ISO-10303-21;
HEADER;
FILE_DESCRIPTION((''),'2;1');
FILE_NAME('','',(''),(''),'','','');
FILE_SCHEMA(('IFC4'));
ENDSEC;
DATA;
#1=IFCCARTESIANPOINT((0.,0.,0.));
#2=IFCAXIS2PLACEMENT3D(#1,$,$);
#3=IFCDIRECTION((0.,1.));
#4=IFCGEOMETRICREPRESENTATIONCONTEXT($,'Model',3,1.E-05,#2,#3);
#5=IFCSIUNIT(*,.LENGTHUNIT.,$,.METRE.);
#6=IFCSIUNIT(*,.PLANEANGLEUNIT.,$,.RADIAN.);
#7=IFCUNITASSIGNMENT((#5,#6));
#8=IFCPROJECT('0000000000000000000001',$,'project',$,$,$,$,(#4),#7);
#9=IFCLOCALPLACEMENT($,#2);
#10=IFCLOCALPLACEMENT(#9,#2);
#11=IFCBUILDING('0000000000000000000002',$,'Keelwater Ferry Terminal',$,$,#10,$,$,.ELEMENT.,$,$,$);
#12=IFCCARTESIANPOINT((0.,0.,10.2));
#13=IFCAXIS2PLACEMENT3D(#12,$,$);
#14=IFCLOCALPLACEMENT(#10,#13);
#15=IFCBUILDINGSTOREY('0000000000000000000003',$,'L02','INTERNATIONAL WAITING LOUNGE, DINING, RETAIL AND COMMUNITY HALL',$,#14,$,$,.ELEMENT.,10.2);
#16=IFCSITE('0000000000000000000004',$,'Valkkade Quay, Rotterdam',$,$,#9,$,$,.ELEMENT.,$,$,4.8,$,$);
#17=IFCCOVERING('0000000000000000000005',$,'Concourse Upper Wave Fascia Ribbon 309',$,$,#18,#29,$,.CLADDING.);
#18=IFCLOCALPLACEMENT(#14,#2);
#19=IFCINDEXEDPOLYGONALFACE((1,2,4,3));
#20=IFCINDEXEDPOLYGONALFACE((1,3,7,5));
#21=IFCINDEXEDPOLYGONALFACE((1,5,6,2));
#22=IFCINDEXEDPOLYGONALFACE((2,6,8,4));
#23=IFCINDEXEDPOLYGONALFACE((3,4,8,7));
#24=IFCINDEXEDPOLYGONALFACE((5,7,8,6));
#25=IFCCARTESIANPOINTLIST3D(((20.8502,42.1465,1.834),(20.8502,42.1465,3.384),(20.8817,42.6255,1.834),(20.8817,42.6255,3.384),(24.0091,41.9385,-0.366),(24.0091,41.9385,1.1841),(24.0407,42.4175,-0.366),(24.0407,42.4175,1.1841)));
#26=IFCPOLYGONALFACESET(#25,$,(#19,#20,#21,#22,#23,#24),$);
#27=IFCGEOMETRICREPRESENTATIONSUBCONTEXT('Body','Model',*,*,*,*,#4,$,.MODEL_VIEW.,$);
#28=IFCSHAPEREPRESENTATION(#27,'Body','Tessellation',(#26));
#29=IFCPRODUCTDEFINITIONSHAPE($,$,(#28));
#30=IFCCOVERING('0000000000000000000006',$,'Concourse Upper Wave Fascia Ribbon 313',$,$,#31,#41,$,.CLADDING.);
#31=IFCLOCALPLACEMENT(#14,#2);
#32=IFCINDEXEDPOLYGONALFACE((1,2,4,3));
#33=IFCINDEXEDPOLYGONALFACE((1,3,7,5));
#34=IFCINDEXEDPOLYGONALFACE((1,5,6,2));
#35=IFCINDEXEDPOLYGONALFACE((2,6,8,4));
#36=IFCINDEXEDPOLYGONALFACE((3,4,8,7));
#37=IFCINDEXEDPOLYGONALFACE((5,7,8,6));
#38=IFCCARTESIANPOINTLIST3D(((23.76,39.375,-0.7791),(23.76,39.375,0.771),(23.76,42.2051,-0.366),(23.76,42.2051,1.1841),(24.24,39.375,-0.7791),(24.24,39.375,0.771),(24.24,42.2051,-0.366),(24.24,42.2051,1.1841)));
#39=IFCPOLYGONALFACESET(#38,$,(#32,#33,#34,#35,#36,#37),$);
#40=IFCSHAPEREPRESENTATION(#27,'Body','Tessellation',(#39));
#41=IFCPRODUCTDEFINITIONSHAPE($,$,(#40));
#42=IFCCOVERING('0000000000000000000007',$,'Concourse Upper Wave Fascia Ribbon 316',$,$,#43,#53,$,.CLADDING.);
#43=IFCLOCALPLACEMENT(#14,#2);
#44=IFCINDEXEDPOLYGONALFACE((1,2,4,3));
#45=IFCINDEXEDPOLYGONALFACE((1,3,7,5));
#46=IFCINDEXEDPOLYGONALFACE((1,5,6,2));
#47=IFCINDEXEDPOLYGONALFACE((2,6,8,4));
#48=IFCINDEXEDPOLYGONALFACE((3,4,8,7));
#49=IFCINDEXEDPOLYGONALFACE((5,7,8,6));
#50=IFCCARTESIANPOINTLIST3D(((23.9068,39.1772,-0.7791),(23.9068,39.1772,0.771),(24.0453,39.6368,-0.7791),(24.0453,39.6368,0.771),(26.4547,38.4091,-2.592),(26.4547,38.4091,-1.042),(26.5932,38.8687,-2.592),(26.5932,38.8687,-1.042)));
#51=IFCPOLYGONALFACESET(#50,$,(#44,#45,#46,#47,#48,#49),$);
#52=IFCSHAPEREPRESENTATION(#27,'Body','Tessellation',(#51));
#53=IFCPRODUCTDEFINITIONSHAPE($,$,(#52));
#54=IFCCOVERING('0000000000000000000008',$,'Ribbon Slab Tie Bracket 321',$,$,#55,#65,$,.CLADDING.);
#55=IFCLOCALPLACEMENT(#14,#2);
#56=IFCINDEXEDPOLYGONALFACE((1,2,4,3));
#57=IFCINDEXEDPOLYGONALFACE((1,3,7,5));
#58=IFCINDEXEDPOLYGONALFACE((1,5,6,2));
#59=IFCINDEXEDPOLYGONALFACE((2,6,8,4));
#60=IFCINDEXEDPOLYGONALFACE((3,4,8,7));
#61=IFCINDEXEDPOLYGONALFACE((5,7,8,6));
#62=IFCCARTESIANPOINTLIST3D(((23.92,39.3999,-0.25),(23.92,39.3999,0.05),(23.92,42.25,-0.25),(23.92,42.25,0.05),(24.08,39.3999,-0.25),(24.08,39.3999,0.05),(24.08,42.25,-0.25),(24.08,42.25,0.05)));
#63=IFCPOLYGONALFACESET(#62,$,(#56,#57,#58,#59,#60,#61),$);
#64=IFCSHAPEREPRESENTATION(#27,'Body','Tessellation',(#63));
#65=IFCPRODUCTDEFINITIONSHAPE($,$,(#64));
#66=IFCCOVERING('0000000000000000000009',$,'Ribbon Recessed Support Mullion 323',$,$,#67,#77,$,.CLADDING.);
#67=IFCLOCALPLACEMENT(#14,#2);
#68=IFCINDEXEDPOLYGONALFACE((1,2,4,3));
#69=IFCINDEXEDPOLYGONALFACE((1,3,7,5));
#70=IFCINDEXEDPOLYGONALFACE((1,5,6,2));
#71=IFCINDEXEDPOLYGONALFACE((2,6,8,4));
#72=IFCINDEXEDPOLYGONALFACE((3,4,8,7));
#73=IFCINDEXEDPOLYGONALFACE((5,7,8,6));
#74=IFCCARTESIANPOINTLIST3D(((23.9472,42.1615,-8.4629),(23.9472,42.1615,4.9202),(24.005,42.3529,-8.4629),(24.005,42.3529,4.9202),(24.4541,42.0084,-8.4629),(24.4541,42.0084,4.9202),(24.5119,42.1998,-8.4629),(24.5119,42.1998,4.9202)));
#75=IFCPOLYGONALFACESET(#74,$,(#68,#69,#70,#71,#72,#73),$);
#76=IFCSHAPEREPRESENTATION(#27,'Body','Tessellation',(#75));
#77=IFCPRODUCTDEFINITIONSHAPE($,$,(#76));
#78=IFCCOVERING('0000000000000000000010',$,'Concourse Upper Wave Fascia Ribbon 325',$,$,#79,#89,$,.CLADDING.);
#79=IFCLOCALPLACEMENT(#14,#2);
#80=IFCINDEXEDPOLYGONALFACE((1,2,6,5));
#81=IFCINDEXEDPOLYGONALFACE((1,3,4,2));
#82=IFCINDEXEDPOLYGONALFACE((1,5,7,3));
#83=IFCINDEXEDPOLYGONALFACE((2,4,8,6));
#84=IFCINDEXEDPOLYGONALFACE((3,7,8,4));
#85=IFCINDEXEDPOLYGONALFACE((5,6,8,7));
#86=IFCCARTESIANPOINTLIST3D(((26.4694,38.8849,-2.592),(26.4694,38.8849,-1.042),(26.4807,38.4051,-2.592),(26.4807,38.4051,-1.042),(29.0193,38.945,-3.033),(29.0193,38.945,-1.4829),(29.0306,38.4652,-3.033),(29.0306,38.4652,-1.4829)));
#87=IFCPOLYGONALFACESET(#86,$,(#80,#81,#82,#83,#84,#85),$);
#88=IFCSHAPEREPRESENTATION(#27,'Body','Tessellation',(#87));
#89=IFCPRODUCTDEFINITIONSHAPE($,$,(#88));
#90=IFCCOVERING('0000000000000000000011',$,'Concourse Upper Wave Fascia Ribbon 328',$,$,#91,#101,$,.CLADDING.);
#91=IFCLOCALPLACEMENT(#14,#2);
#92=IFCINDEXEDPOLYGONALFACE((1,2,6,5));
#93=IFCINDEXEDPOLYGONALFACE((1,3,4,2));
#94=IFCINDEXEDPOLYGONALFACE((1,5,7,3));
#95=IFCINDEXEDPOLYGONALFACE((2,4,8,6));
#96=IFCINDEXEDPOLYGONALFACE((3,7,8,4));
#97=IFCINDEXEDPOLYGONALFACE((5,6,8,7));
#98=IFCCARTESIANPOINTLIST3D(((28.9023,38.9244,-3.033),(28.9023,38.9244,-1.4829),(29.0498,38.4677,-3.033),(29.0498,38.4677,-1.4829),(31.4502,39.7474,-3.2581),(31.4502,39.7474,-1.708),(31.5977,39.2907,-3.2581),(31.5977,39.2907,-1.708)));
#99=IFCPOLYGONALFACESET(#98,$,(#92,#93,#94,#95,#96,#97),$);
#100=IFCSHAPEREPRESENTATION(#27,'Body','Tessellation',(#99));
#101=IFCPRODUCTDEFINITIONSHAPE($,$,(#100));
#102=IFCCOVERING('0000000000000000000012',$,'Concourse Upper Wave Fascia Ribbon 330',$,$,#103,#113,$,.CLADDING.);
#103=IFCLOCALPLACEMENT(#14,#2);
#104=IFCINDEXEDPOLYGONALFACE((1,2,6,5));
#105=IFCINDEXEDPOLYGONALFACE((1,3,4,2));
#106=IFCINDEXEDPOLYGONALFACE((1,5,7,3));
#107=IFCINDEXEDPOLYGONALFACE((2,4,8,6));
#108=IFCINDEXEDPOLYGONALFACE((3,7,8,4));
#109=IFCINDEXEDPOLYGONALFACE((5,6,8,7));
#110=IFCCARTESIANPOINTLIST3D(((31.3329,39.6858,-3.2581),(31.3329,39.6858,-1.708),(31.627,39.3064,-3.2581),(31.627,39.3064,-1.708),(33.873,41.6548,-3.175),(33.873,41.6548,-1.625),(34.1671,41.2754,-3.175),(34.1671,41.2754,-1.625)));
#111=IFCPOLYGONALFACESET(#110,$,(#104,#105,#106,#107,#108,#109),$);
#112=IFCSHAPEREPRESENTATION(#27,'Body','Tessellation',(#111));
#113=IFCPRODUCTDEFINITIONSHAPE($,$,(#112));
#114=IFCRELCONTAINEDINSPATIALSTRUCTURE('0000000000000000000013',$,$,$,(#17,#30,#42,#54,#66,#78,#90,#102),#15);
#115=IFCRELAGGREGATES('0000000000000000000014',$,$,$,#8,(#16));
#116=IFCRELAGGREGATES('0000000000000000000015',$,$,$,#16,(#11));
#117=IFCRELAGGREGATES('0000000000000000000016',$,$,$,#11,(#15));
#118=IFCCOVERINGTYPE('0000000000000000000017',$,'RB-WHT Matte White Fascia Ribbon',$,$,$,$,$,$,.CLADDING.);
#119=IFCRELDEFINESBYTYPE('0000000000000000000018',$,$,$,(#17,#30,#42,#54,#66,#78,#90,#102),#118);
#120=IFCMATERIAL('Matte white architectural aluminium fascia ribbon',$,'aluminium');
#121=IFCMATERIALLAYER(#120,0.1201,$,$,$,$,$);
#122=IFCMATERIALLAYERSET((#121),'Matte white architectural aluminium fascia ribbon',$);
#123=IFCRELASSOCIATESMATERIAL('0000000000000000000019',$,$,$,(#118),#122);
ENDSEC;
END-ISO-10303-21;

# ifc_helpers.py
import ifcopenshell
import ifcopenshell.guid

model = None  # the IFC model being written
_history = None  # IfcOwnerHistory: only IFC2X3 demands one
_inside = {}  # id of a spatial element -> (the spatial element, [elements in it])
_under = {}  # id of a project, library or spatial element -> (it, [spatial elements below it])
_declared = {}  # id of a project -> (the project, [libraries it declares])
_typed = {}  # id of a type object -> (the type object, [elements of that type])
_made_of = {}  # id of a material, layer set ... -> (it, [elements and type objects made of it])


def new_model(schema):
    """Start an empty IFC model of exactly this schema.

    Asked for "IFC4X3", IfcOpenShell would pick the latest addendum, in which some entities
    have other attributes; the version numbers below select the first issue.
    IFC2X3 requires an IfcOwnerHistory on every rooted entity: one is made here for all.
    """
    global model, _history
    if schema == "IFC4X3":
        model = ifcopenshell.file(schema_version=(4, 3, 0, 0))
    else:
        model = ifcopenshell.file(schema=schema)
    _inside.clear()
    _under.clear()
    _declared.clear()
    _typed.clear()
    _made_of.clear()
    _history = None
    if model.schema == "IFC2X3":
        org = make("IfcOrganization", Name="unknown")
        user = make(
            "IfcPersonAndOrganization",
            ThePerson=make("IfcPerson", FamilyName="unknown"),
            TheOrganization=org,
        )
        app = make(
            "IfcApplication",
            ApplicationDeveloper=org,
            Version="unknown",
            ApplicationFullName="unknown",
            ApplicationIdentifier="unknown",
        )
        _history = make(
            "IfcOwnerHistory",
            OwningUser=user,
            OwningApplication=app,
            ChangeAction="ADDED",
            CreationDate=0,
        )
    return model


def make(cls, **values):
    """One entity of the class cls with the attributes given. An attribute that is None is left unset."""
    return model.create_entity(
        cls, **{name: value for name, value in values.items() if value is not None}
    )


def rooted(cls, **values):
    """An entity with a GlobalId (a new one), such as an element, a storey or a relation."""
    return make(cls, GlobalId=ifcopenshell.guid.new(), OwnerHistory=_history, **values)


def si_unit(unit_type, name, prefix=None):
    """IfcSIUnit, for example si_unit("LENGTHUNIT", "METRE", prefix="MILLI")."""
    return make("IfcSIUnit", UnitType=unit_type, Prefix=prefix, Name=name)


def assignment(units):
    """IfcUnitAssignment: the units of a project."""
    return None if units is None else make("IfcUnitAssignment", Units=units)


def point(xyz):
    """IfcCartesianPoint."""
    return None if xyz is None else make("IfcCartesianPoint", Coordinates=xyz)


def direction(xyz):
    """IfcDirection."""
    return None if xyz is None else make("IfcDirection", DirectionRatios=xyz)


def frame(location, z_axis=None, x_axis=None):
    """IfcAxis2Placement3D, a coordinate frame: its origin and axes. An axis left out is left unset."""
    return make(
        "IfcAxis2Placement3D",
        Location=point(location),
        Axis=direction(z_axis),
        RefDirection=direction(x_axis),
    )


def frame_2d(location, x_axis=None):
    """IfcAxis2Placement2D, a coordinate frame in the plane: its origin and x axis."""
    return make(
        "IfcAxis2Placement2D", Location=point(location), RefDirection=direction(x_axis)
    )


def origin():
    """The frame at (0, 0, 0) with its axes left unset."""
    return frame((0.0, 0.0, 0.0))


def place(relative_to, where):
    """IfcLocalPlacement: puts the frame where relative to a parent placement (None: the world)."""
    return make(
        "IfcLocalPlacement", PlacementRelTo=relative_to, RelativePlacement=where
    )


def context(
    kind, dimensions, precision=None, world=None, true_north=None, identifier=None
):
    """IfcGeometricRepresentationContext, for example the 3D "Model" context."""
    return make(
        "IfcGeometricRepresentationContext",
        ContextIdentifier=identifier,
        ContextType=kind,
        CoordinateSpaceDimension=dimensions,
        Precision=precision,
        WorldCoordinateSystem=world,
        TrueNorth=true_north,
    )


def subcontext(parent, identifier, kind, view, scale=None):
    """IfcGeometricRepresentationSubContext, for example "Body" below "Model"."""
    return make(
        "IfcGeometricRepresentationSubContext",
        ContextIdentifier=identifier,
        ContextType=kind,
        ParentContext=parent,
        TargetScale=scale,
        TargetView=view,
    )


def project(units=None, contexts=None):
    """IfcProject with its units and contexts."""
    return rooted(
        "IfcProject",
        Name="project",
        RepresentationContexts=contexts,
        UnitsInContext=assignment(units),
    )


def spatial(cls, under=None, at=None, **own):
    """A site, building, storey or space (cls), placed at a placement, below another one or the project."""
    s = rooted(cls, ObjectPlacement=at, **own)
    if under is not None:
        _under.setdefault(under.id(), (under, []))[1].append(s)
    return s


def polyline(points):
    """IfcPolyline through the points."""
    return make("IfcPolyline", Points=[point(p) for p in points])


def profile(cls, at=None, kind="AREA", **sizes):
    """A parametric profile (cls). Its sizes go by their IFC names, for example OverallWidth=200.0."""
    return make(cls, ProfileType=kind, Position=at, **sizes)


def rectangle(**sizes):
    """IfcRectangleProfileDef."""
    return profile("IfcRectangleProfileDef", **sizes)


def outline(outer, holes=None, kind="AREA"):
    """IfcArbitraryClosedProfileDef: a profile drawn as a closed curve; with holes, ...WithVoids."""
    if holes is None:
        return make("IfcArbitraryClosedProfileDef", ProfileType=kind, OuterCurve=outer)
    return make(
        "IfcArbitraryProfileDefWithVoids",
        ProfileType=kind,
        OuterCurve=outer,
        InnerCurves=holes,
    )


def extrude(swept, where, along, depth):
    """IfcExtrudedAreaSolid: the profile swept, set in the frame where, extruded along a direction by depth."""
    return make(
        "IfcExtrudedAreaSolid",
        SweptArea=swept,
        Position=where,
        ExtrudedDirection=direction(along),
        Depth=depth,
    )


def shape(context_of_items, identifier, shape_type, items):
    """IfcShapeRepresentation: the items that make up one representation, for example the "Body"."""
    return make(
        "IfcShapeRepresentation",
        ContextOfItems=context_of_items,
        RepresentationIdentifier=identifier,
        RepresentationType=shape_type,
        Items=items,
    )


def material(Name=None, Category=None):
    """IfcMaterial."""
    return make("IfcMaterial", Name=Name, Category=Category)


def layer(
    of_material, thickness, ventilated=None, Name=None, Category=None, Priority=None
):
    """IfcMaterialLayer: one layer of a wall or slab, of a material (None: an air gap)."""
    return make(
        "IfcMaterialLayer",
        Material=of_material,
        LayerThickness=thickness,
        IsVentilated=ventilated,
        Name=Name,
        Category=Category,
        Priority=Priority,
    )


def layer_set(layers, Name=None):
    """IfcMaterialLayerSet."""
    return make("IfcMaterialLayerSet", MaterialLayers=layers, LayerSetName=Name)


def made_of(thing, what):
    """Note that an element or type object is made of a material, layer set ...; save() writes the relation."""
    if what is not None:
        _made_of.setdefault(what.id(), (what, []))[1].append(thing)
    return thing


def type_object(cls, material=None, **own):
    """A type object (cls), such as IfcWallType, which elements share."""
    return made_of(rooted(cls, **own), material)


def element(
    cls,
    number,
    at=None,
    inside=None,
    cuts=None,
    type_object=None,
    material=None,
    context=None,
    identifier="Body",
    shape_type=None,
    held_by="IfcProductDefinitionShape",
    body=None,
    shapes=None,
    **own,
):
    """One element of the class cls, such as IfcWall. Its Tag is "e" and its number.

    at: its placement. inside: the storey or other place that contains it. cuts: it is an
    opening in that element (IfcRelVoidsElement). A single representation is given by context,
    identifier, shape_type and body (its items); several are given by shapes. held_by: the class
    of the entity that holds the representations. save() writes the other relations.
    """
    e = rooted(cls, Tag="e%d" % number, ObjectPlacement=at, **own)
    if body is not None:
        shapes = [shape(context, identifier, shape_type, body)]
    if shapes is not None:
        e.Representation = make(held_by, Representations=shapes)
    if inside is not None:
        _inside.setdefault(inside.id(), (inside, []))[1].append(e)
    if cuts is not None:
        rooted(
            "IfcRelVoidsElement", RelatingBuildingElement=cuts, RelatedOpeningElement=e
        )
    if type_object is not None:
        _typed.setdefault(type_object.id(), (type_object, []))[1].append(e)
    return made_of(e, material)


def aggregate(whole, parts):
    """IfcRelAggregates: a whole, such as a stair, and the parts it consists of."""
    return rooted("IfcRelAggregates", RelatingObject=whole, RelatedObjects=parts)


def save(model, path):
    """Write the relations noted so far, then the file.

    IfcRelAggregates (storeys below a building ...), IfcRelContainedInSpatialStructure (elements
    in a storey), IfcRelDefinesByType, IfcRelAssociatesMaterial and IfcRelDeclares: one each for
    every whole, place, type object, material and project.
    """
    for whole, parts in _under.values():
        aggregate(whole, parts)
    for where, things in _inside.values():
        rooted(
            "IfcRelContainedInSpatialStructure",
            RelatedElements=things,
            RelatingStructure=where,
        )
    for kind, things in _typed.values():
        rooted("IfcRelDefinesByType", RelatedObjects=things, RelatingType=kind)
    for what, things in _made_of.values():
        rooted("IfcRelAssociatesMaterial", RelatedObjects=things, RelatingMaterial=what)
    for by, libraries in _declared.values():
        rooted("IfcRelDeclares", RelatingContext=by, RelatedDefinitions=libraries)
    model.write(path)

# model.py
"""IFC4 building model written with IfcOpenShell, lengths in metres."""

from ifc_helpers import new_model, si_unit, direction, frame, frame_2d, origin, place, context, subcontext, project, spatial, polyline, rectangle, outline, extrude, material, layer, layer_set, type_object, element, save


model = new_model("IFC4")

# Units and contexts
model_context = context("Model", 3, precision=1e-05, world=origin(), true_north=direction((0.0, 1.0)))
body_context = subcontext(model_context, "Body", "Model", "MODEL_VIEW")
ifc_project = project(units=[si_unit("LENGTHUNIT", "METRE"), si_unit("PLANEANGLEUNIT", "RADIAN")], contexts=[model_context])

# Site, building, storey
site_placement = place(None, origin())
site = spatial("IfcSite", under=ifc_project, at=site_placement, Name="Valkkade Quay, Rotterdam", CompositionType="ELEMENT", RefElevation=4.8)
building_placement = place(site_placement, origin())
building = spatial("IfcBuilding", under=site, at=building_placement, Name="Keelwater Ferry Terminal", CompositionType="ELEMENT")
storey_placement = place(building_placement, frame((0.0, 0.0, 10.2)))
storey = spatial("IfcBuildingStorey", under=building, at=storey_placement, Name="L02", Description="INTERNATIONAL WAITING LOUNGE, DINING, RETAIL AND COMMUNITY HALL", CompositionType="ELEMENT", Elevation=10.2)

# Coverings
ifc_material_1 = material(Name="Matte white architectural aluminium fascia ribbon", Category="aluminium")
ifc_layer_1 = layer(ifc_material_1, 0.1201)
ifc_layer_set_1 = layer_set([ifc_layer_1], Name="Matte white architectural aluminium fascia ribbon")
covering_type = type_object("IfcCoveringType", Name="RB-WHT Matte White Fascia Ribbon", PredefinedType="CLADDING", material=ifc_layer_set_1)
covering_1_placement = place(storey_placement, frame((20.866, 42.386, -0.366), z_axis=(0.0, 0.0, 1.0), x_axis=(0.997839, -0.065705, 0.0)))
element("IfcCovering", 1, at=covering_1_placement, inside=storey, type_object=covering_type, Name="Concourse Upper Wave Fascia Ribbon 309", PredefinedType="CLADDING", context=body_context, shape_type="SweptSolid", body=[
    extrude(outline(polyline([(0.0, 2.2), (3.1658, 0.0), (3.1658, 1.55), (0.0, 3.75), (0.0, 2.2)])), frame((0.0, 0.24, 0.0), z_axis=(0.0, -1.0, 0.0), x_axis=(1.0, 0.0, 0.0)), (0.0, 0.0, 1.0), 0.48),
])
covering_2_placement = place(storey_placement, frame((24.0, 42.2051, -0.7791), z_axis=(0.0, 0.0, 1.0), x_axis=(0.0, -1.0, 0.0)))
element("IfcCovering", 2, at=covering_2_placement, inside=storey, type_object=covering_type, Name="Concourse Upper Wave Fascia Ribbon 313", PredefinedType="CLADDING", context=body_context, shape_type="SweptSolid", body=[
    extrude(outline(polyline([(0.0, 0.4131), (2.8301, 0.0), (2.8301, 1.55), (0.0, 1.9631), (0.0, 0.4131)])), frame((0.0, 0.24, 0.0), z_axis=(0.0, -1.0, 0.0), x_axis=(1.0, 0.0, 0.0)), (0.0, 0.0, 1.0), 0.48),
])
covering_3_placement = place(storey_placement, frame((23.9761, 39.407, -2.592), z_axis=(0.0, 0.0, 1.0), x_axis=(0.957442, -0.288627, 0.0)))
element("IfcCovering", 3, at=covering_3_placement, inside=storey, type_object=covering_type, Name="Concourse Upper Wave Fascia Ribbon 316", PredefinedType="CLADDING", context=body_context, shape_type="SweptSolid", body=[
    extrude(outline(polyline([(0.0, 1.813), (2.6611, 0.0), (2.6611, 1.55), (0.0, 3.363), (0.0, 1.813)])), frame((0.0, 0.24, 0.0), z_axis=(0.0, -1.0, 0.0), x_axis=(1.0, 0.0, 0.0)), (0.0, 0.0, 1.0), 0.48),
])
covering_4_placement = place(storey_placement, frame((24.0, 39.3999, -0.25), z_axis=(0.0, 0.0, 1.0), x_axis=(0.0, 1.0, 0.0)))
element("IfcCovering", 4, at=covering_4_placement, inside=storey, type_object=covering_type, Name="Ribbon Slab Tie Bracket 321", PredefinedType="CLADDING", context=body_context, shape_type="SweptSolid", body=[
    extrude(rectangle(XDim=2.8501, YDim=0.1599, at=frame_2d((1.425, 0.0))), origin(), (0.0, 0.0, 1.0), 0.3),
])
covering_5_placement = place(storey_placement, frame((23.9761, 42.2571, -8.4629), z_axis=(0.0, 0.0, 1.0), x_axis=(0.957292, -0.289124, 0.0)))
element("IfcCovering", 5, at=covering_5_placement, inside=storey, type_object=covering_type, Name="Ribbon Recessed Support Mullion 323", PredefinedType="CLADDING", context=body_context, shape_type="SweptSolid", body=[
    extrude(outline(polyline([(0.0, 0.0), (0.5295, 0.0), (0.5295, 13.3831), (0.0, 13.3831), (0.0, 0.0)])), frame((0.0, 0.1001, 0.0), z_axis=(0.0, -1.0, 0.0), x_axis=(1.0, 0.0, 0.0)), (0.0, 0.0, 1.0), 0.2),
])
covering_6_placement = place(storey_placement, frame((26.4751, 38.645, -3.033), z_axis=(0.0, 0.0, 1.0), x_axis=(0.999723, 0.023548, 0.0)))
element("IfcCovering", 6, at=covering_6_placement, inside=storey, type_object=covering_type, Name="Concourse Upper Wave Fascia Ribbon 325", PredefinedType="CLADDING", context=body_context, shape_type="SweptSolid", body=[
    extrude(outline(polyline([(0.0, 0.4409), (2.5505, 0.0), (2.5505, 1.55), (0.0, 1.991), (0.0, 0.4409)])), frame((0.0, 0.24, 0.0), z_axis=(0.0, -1.0, 0.0), x_axis=(1.0, 0.0, 0.0)), (0.0, 0.0, 1.0), 0.48),
])
covering_7_placement = place(storey_placement, frame((28.9761, 38.696, -3.2581), z_axis=(0.0, 0.0, 1.0), x_axis=(0.951587, 0.307378, 0.0)))
element("IfcCovering", 7, at=covering_7_placement, inside=storey, type_object=covering_type, Name="Concourse Upper Wave Fascia Ribbon 328", PredefinedType="CLADDING", context=body_context, shape_type="SweptSolid", body=[
    extrude(outline(polyline([(0.0, 0.2251), (2.6775, 0.0), (2.6775, 1.55), (0.0, 1.7751), (0.0, 0.2251)])), frame((0.0, 0.24, 0.0), z_axis=(0.0, -1.0, 0.0), x_axis=(1.0, 0.0, 0.0)), (0.0, 0.0, 1.0), 0.48),
])
covering_8_placement = place(storey_placement, frame((31.48, 39.4961, -3.2581), z_axis=(0.0, 0.0, 1.0), x_axis=(0.790345, 0.612662, 0.0)))
element("IfcCovering", 8, at=covering_8_placement, inside=storey, type_object=covering_type, Name="Concourse Upper Wave Fascia Ribbon 330", PredefinedType="CLADDING", context=body_context, shape_type="SweptSolid", body=[
    extrude(outline(polyline([(0.0, 0.0), (3.2139, 0.083), (3.2139, 1.6331), (0.0, 1.55), (0.0, 0.0)])), frame((0.0, 0.24, 0.0), z_axis=(0.0, -1.0, 0.0), x_axis=(1.0, 0.0, 0.0)), (0.0, 0.0, 1.0), 0.48),
])

save(model, "model.ifc")
